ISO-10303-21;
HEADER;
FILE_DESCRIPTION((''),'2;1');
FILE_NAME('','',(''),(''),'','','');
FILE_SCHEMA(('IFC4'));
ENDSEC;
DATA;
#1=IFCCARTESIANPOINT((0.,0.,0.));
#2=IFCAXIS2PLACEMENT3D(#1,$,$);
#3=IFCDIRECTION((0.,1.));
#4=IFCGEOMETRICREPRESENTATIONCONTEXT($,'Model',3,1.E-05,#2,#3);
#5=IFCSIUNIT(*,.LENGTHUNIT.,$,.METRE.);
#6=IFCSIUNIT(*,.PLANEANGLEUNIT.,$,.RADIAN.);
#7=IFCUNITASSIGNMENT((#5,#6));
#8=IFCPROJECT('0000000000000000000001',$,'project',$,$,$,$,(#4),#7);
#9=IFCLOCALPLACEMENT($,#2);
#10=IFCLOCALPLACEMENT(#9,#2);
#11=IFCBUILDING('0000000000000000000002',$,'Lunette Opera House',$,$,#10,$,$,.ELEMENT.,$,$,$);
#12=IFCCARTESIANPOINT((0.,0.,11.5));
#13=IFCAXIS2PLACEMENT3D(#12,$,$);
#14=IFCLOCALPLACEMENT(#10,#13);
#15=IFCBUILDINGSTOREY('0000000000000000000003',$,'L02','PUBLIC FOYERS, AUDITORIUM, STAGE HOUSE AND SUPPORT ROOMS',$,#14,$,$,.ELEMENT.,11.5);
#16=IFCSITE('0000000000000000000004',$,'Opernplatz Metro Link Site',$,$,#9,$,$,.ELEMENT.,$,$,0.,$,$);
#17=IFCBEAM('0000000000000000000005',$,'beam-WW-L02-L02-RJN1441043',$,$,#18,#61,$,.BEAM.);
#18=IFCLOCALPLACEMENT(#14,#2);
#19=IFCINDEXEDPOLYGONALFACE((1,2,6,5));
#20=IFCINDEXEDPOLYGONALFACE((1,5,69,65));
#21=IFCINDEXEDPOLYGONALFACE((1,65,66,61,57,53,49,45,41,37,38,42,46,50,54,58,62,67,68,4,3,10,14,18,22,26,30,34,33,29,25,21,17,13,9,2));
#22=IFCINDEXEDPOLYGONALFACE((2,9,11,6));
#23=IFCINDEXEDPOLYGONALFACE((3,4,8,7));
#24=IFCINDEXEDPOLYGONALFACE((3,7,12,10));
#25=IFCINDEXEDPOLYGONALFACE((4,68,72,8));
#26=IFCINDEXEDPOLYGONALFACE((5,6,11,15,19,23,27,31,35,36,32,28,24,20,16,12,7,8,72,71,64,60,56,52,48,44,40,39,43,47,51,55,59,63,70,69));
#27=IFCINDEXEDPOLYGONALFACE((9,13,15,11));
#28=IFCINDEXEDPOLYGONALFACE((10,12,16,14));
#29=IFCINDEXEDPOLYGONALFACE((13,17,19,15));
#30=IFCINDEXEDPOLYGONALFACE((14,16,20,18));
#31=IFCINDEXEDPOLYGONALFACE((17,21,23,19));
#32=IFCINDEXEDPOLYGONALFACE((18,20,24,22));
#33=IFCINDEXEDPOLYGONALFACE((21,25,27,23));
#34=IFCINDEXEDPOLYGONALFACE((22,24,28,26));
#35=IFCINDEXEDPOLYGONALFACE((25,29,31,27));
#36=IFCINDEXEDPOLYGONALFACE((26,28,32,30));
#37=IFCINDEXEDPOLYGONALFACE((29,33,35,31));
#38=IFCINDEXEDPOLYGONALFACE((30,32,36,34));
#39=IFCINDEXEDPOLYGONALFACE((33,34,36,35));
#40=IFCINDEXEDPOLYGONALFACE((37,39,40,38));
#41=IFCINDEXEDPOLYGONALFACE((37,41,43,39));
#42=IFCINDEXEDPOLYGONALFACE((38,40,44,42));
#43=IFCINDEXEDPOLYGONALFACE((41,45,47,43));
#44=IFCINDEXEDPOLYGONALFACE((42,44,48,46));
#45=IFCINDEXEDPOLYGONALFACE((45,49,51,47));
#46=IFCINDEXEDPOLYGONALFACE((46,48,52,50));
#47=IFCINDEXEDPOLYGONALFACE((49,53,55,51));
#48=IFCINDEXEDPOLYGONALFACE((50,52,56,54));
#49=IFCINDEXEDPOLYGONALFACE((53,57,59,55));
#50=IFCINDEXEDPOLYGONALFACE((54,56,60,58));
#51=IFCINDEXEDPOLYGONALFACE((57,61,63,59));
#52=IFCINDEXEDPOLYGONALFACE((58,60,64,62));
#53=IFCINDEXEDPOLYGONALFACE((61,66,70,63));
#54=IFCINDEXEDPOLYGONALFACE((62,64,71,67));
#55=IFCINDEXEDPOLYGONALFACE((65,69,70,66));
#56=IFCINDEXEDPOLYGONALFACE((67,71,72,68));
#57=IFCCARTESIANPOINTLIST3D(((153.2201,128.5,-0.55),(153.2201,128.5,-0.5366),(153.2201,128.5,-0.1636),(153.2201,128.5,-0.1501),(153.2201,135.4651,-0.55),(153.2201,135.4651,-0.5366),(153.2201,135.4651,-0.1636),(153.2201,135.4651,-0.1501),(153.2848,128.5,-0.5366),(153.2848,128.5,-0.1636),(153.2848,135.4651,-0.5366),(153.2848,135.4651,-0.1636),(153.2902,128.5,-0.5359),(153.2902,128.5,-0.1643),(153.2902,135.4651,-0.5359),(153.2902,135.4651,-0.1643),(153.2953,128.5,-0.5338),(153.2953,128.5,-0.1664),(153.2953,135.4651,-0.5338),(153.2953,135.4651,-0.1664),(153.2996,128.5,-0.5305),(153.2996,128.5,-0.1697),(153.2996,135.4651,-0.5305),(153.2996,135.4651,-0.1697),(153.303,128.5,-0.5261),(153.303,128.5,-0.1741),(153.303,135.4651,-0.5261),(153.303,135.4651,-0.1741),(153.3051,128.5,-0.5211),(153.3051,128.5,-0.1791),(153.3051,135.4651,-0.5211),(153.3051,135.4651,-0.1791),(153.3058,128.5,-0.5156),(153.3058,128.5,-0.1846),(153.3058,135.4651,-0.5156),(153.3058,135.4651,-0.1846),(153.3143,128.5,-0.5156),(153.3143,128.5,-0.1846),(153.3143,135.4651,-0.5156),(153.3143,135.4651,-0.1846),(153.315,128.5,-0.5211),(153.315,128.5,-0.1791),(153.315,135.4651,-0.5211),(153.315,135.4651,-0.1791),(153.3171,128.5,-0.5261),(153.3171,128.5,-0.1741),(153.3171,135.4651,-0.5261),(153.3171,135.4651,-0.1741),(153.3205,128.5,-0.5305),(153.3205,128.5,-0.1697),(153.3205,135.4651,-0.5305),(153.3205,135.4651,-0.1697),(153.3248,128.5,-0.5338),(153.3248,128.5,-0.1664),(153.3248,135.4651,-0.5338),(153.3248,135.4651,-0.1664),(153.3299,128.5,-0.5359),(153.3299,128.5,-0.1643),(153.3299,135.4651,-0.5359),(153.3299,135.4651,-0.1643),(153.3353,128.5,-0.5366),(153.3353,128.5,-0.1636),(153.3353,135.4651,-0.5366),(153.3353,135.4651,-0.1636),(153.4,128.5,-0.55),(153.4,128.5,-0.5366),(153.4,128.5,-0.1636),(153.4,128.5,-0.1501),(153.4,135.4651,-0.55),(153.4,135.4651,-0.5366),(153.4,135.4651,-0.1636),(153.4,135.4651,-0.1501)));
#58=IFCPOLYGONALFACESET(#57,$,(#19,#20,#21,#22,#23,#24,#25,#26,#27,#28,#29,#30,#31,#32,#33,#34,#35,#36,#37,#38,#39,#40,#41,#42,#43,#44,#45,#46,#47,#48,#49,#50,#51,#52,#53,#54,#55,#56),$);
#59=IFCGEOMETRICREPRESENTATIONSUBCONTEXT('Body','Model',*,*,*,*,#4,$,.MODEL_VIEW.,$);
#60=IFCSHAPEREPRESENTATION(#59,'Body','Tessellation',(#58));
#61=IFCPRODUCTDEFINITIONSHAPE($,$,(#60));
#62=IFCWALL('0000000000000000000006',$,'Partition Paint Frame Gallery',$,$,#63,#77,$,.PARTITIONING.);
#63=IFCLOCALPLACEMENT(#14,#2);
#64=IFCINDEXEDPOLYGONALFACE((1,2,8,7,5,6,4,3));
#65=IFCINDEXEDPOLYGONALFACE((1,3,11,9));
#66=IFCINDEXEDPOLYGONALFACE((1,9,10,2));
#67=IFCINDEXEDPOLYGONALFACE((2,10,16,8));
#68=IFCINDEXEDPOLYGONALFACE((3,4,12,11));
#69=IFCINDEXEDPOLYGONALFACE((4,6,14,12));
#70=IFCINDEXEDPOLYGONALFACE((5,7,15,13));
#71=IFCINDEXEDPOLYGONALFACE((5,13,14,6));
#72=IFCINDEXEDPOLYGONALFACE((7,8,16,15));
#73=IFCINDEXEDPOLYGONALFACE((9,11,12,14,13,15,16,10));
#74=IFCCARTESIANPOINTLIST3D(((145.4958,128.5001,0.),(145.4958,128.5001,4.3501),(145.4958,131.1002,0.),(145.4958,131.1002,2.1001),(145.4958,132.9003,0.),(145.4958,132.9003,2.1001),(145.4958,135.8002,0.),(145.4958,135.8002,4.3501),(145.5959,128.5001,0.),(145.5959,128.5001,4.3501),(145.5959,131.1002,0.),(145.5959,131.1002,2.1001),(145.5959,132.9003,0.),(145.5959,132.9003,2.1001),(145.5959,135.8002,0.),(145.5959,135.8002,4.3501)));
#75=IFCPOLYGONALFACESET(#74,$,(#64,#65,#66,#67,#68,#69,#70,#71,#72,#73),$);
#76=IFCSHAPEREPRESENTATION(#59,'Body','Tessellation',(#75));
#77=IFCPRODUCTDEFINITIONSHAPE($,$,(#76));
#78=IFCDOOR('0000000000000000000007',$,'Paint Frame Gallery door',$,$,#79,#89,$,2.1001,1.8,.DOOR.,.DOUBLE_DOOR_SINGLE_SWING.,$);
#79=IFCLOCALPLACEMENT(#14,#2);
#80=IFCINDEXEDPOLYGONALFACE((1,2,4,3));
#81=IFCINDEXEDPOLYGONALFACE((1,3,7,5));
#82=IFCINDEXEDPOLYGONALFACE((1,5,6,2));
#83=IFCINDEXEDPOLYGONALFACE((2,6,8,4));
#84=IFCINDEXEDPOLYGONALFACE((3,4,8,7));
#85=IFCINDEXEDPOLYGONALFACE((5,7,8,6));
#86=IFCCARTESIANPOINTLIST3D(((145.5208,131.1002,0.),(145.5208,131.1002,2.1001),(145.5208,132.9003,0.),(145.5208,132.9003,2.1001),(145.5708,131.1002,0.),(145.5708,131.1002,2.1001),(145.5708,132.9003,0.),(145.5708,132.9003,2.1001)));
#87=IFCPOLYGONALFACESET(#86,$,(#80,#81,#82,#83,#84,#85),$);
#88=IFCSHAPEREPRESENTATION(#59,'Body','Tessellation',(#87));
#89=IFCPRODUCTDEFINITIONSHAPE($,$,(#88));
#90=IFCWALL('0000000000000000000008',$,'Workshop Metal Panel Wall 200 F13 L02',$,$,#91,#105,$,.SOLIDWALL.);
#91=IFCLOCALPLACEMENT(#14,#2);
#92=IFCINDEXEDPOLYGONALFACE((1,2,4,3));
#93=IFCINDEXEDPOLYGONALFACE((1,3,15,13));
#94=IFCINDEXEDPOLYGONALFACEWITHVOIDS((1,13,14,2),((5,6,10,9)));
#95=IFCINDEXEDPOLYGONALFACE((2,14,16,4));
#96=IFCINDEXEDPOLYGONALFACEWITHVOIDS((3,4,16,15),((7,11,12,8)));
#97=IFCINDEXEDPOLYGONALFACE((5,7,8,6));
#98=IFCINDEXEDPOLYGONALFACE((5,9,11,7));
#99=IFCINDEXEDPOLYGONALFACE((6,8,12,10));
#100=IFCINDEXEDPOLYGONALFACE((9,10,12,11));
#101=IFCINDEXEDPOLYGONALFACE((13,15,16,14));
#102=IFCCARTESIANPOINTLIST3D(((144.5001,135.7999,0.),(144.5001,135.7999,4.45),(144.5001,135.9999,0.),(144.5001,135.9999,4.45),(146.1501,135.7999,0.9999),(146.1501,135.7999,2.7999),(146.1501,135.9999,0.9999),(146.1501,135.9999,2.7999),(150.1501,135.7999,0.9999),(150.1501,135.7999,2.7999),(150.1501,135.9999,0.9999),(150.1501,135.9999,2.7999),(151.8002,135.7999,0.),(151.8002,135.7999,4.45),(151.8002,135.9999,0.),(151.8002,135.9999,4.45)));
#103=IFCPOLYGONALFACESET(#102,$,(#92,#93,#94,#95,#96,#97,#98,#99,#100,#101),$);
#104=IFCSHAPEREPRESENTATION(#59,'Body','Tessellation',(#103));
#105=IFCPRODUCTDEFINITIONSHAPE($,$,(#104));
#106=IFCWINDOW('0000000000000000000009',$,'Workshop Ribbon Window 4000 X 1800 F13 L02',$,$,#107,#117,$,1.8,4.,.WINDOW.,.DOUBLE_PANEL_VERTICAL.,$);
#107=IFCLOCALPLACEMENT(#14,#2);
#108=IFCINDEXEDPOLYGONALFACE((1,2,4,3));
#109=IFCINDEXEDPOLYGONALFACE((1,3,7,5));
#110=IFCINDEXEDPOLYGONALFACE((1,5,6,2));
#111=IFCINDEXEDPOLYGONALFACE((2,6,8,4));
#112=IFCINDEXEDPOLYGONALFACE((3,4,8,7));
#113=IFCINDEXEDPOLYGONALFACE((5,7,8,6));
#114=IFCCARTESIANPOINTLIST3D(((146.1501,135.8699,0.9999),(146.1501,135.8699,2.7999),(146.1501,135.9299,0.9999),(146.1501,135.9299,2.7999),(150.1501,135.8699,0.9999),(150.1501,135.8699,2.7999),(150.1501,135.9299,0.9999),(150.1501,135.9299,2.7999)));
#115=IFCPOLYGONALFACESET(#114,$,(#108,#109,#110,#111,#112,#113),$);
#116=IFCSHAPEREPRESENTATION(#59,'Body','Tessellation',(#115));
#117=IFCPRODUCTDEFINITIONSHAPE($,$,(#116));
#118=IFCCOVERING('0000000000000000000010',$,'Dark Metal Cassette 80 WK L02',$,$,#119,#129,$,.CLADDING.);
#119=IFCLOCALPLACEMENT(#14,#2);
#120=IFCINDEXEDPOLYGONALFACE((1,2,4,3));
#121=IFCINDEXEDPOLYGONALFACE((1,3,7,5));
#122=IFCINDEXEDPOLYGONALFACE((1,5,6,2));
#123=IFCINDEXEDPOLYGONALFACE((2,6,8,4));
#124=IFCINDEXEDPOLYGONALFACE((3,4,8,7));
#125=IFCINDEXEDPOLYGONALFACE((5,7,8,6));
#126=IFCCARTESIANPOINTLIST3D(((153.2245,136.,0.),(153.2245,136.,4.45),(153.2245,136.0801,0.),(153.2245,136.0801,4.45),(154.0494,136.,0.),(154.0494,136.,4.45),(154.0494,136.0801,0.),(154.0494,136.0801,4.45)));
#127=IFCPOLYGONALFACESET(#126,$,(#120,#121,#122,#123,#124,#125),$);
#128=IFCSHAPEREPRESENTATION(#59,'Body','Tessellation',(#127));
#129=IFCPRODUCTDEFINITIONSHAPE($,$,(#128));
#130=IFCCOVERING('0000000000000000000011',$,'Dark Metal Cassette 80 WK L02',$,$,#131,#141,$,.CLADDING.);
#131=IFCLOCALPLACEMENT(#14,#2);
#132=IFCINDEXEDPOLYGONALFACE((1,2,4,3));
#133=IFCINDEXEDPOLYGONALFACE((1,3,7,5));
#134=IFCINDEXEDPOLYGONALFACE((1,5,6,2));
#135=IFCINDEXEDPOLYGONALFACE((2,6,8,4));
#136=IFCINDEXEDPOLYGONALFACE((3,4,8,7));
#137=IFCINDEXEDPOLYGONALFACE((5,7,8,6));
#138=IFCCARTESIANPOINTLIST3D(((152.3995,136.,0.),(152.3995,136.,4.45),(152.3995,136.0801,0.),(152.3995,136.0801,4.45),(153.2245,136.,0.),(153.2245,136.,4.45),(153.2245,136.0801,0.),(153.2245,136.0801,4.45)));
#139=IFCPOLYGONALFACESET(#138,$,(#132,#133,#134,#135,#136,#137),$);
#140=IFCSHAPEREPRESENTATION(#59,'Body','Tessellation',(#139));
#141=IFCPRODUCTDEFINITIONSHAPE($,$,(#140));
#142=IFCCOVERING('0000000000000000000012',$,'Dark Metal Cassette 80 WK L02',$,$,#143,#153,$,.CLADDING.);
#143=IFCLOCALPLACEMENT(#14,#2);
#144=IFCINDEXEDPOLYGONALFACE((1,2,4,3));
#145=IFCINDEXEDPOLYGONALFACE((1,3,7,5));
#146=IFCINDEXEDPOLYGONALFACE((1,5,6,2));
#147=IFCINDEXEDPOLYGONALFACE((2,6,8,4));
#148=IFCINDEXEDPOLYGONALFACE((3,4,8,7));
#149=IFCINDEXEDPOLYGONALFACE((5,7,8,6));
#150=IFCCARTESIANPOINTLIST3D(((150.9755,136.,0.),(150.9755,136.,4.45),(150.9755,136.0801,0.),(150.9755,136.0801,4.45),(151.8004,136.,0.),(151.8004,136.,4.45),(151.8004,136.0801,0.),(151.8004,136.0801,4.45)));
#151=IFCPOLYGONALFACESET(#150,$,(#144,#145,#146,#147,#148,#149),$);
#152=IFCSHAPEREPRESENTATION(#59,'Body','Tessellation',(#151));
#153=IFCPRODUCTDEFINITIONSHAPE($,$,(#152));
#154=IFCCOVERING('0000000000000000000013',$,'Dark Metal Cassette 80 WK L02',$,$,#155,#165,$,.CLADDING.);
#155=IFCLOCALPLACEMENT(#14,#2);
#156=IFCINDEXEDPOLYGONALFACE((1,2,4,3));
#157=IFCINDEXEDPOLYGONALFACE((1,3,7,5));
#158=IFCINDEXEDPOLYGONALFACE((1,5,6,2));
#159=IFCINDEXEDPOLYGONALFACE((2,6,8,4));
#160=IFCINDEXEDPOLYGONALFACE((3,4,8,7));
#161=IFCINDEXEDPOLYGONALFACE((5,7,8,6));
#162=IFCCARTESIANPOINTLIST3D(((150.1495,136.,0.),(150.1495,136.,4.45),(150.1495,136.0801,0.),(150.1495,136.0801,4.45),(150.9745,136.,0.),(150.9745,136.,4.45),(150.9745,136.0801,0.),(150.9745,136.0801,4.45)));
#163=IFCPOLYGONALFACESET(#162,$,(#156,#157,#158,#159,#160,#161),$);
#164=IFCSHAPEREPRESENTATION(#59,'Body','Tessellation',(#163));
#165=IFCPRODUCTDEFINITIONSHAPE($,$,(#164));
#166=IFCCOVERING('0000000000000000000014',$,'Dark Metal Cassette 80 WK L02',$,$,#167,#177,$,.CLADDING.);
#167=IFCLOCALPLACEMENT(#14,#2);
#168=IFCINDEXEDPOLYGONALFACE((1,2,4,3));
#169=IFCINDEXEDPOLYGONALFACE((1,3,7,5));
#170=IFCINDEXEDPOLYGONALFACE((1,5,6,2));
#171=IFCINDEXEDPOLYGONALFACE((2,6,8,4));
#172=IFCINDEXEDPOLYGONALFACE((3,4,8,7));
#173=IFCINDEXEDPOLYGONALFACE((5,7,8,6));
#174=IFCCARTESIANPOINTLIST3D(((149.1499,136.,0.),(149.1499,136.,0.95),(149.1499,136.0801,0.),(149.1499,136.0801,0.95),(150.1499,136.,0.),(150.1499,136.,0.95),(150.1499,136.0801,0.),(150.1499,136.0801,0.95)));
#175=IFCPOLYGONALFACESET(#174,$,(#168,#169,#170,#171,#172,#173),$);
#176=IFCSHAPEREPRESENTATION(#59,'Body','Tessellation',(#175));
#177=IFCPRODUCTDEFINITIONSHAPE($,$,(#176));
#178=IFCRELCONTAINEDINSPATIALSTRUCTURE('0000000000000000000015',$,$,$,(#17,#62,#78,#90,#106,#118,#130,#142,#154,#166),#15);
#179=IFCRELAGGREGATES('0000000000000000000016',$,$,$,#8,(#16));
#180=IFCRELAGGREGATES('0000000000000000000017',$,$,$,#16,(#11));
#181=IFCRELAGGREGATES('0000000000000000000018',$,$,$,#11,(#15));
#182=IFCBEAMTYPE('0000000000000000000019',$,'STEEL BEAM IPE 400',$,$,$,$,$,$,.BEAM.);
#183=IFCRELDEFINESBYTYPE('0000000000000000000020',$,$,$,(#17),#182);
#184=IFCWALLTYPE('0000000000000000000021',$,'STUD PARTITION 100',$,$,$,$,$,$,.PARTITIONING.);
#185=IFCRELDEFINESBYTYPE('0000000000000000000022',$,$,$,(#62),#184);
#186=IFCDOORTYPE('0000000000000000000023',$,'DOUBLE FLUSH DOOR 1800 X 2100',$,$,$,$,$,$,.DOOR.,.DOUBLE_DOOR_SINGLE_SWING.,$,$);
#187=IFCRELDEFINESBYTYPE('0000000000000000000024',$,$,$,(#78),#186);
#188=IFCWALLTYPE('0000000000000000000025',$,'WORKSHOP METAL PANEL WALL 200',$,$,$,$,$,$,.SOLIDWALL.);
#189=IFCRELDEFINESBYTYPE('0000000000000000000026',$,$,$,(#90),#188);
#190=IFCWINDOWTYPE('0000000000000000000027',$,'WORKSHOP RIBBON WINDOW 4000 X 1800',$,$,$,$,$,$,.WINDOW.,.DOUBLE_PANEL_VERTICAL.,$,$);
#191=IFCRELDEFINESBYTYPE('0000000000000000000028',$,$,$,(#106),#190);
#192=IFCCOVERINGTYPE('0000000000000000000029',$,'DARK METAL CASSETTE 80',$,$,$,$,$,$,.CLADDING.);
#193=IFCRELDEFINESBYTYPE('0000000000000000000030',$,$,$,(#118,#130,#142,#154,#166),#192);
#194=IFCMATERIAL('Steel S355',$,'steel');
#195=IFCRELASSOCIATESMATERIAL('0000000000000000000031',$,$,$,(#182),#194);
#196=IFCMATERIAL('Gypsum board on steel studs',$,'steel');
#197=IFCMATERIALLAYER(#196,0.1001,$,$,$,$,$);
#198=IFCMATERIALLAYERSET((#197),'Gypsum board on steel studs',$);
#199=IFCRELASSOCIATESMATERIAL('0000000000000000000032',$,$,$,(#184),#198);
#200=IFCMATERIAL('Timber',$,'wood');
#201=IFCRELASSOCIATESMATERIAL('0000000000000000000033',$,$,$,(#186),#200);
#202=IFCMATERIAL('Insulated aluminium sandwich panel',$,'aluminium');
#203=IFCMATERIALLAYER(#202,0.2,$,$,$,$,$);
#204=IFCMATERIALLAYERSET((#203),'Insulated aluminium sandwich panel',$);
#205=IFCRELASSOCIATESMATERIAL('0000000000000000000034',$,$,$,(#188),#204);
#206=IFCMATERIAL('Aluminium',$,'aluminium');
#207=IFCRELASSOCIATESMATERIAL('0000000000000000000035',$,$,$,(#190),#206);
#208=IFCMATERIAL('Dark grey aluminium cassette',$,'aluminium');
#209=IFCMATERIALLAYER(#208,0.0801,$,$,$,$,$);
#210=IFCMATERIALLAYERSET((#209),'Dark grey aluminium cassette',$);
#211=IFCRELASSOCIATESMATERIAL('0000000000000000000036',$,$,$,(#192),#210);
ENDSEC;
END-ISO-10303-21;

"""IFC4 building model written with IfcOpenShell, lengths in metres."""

from ifc_helpers import new_model, si_unit, direction, frame, frame_2d, origin, origin_2d, place, context, subcontext, project, spatial, rectangle, i_section, extrude, material, layer, layer_set, material_profile, profile_set, type_object, element, fill, save


model = new_model("IFC4")

# Units and contexts
model_context = context("Model", 3, precision=1e-05, world=origin(), true_north=direction((0.0, 1.0)))
body_context = subcontext(model_context, "Body", "Model", "MODEL_VIEW")
ifc_project = project(units=[si_unit("LENGTHUNIT", "METRE"), si_unit("PLANEANGLEUNIT", "RADIAN")], contexts=[model_context])

# Site, building, storey
site_placement = place(None, origin())
site = spatial("IfcSite", under=ifc_project, at=site_placement, Name="Opernplatz Metro Link Site", CompositionType="ELEMENT", RefElevation=0.0)
building_placement = place(site_placement, origin())
building = spatial("IfcBuilding", under=site, at=building_placement, Name="Lunette Opera House", CompositionType="ELEMENT")
storey_placement = place(building_placement, frame((0.0, 0.0, 11.5)))
storey = spatial("IfcBuildingStorey", under=building, at=storey_placement, Name="L02", Description="PUBLIC FOYERS, AUDITORIUM, STAGE HOUSE AND SUPPORT ROOMS", CompositionType="ELEMENT", Elevation=11.5)

# Beam
ifc_material_1 = material(Name="Steel S355", Category="steel")
ifc_material_profile_1 = material_profile(ifc_material_1, i_section(OverallWidth=0.1799, OverallDepth=0.3999, WebThickness=0.0085, FlangeThickness=0.0134, FilletRadius=0.021, at=origin_2d()), Name="IPE 400")
ifc_profile_set_1 = profile_set([ifc_material_profile_1], Name="Steel S355")
beam_type_1 = type_object("IfcBeamType", Name="STEEL BEAM IPE 400", PredefinedType="BEAM", material=ifc_profile_set_1)
for number, where, z_axis, x_axis, name in (
    (1, (153.3101, 128.5, -0.3501), (0.0, 1.0, 0.0), (-1.0, 0.0, 0.0), "beam-WW-L02-L02-RJN1441043"),
):
    element("IfcBeam", number, at=place(storey_placement, frame(where, z_axis=z_axis, x_axis=x_axis)), inside=storey, type_object=beam_type_1, Name=name, PredefinedType="BEAM", context=body_context, shape_type="SweptSolid", body=[
        extrude(i_section(OverallWidth=0.1799, OverallDepth=0.3999, WebThickness=0.0085, FlangeThickness=0.0134, FilletRadius=0.021, at=origin_2d()), origin(), (0.0, 0.0, 1.0), 6.9651),
    ])

# Wall, opening, door
ifc_material_2 = material(Name="Gypsum board on steel studs", Category="steel")
ifc_layer_1 = layer(ifc_material_2, 0.1001)
ifc_layer_set_1 = layer_set([ifc_layer_1], Name="Gypsum board on steel studs")
wall_type_1 = type_object("IfcWallType", Name="STUD PARTITION 100", PredefinedType="PARTITIONING", material=ifc_layer_set_1)
wall_1_placement = place(storey_placement, frame((145.5459, 135.8, 0.0), z_axis=(0.0, 0.0, 1.0), x_axis=(0.0, -1.0, 0.0)))
wall_1 = element("IfcWall", 2, at=wall_1_placement, inside=storey, type_object=wall_type_1, Name="Partition Paint Frame Gallery", PredefinedType="PARTITIONING", context=body_context, shape_type="SweptSolid", body=[
    extrude(rectangle(XDim=7.3, YDim=0.1001, at=frame_2d((3.6499, 0.0))), origin(), (0.0, 0.0, 1.0), 4.3501),
])
opening_1_placement = place(wall_1_placement, frame((2.8999, 0.0, 0.0)))
opening_1 = element("IfcOpeningElement", 3, at=opening_1_placement, cuts=wall_1, PredefinedType="OPENING", context=body_context, shape_type="SweptSolid", body=[
    extrude(rectangle(XDim=1.8, YDim=2.1001, at=frame_2d((0.8999, 1.05))), frame((0.0, 0.062, 0.0), z_axis=(0.0, -1.0, 0.0), x_axis=(1.0, 0.0, 0.0)), (0.0, 0.0, 1.0), 0.124),
])
ifc_material_3 = material(Name="Timber", Category="wood")
door_type = type_object("IfcDoorType", Name="DOUBLE FLUSH DOOR 1800 X 2100", OperationType="DOUBLE_DOOR_SINGLE_SWING", PredefinedType="DOOR", material=ifc_material_3)
door_placement = place(opening_1_placement, origin())
door = element("IfcDoor", 4, at=door_placement, inside=storey, type_object=door_type, Name="Paint Frame Gallery door", OperationType="DOUBLE_DOOR_SINGLE_SWING", OverallHeight=2.1001, OverallWidth=1.8, PredefinedType="DOOR", context=body_context, shape_type="SweptSolid", body=[
    extrude(rectangle(XDim=1.8, YDim=2.1001, at=frame_2d((0.8999, 1.05))), frame((0.0, 0.0249, 0.0), z_axis=(0.0, -1.0, 0.0), x_axis=(1.0, 0.0, 0.0)), (0.0, 0.0, 1.0), 0.05),
])
fill(opening_1, door)

# Wall, opening, window
ifc_material_4 = material(Name="Insulated aluminium sandwich panel", Category="aluminium")
ifc_layer_2 = layer(ifc_material_4, 0.2)
ifc_layer_set_2 = layer_set([ifc_layer_2], Name="Insulated aluminium sandwich panel")
wall_type_2 = type_object("IfcWallType", Name="WORKSHOP METAL PANEL WALL 200", PredefinedType="SOLIDWALL", material=ifc_layer_set_2)
wall_2_placement = place(storey_placement, frame((151.8, 135.8999, 0.0), z_axis=(0.0, 0.0, 1.0), x_axis=(-1.0, 0.0, 0.0)))
wall_2 = element("IfcWall", 5, at=wall_2_placement, inside=storey, type_object=wall_type_2, Name="Workshop Metal Panel Wall 200 F13 L02", PredefinedType="SOLIDWALL", context=body_context, shape_type="SweptSolid", body=[
    extrude(rectangle(XDim=7.3, YDim=0.2, at=frame_2d((3.6499, 0.0))), origin(), (0.0, 0.0, 1.0), 4.45),
])
opening_2_placement = place(wall_2_placement, frame((1.6499, 0.0, 1.0)))
opening_2 = element("IfcOpeningElement", 6, at=opening_2_placement, cuts=wall_2, PredefinedType="OPENING", context=body_context, shape_type="SweptSolid", body=[
    extrude(rectangle(XDim=4.0, YDim=1.8, at=frame_2d((2.0, 0.8999))), frame((0.0, 0.1121, 0.0), z_axis=(0.0, -1.0, 0.0), x_axis=(1.0, 0.0, 0.0)), (0.0, 0.0, 1.0), 0.2239),
])
ifc_material_5 = material(Name="Aluminium", Category="aluminium")
window_type = type_object("IfcWindowType", Name="WORKSHOP RIBBON WINDOW 4000 X 1800", PartitioningType="DOUBLE_PANEL_VERTICAL", PredefinedType="WINDOW", material=ifc_material_5)
window_placement = place(opening_2_placement, origin())
window = element("IfcWindow", 7, at=window_placement, inside=storey, type_object=window_type, Name="Workshop Ribbon Window 4000 X 1800 F13 L02", OverallHeight=1.8, OverallWidth=4.0, PartitioningType="DOUBLE_PANEL_VERTICAL", PredefinedType="WINDOW", context=body_context, shape_type="SweptSolid", body=[
    extrude(rectangle(XDim=4.0, YDim=1.8, at=frame_2d((2.0, 0.8999))), frame((0.0, 0.03, 0.0), z_axis=(0.0, -1.0, 0.0), x_axis=(1.0, 0.0, 0.0)), (0.0, 0.0, 1.0), 0.0601),
])
fill(opening_2, window)

# Coverings
ifc_material_6 = material(Name="Dark grey aluminium cassette", Category="aluminium")
ifc_layer_3 = layer(ifc_material_6, 0.0801)
ifc_layer_set_3 = layer_set([ifc_layer_3], Name="Dark grey aluminium cassette")
covering_type = type_object("IfcCoveringType", Name="DARK METAL CASSETTE 80", PredefinedType="CLADDING", material=ifc_layer_set_3)
for number, where, z_axis, x_axis, name in (
    (8, (153.637, 136.04, 0.0), (0.0, 0.0, 1.0), (-1.0, 0.0, 0.0), "Dark Metal Cassette 80 WK L02"),
    (9, (152.812, 136.04, 0.0), (0.0, 0.0, 1.0), (-1.0, 0.0, 0.0), "Dark Metal Cassette 80 WK L02"),
    (10, (151.3879, 136.04, 0.0), (0.0, 0.0, 1.0), (-1.0, 0.0, 0.0), "Dark Metal Cassette 80 WK L02"),
    (11, (150.562, 136.04, 0.0), (0.0, 0.0, 1.0), (-1.0, 0.0, 0.0), "Dark Metal Cassette 80 WK L02"),
):
    element("IfcCovering", number, at=place(storey_placement, frame(where, z_axis=z_axis, x_axis=x_axis)), inside=storey, type_object=covering_type, Name=name, PredefinedType="CLADDING", context=body_context, shape_type="SweptSolid", body=[
        extrude(rectangle(XDim=0.825, YDim=0.0801, at=origin_2d()), origin(), (0.0, 0.0, 1.0), 4.45),
    ])
covering_1_placement = place(storey_placement, frame((149.6499, 136.04, 0.0), z_axis=(0.0, 0.0, 1.0), x_axis=(-1.0, 0.0, 0.0)))
element("IfcCovering", 12, at=covering_1_placement, inside=storey, type_object=covering_type, Name="Dark Metal Cassette 80 WK L02", PredefinedType="CLADDING", context=body_context, shape_type="SweptSolid", body=[
    extrude(rectangle(XDim=1.0, YDim=0.0801, at=origin_2d()), origin(), (0.0, 0.0, 1.0), 0.95),
])

save(model, "model.ifc")
